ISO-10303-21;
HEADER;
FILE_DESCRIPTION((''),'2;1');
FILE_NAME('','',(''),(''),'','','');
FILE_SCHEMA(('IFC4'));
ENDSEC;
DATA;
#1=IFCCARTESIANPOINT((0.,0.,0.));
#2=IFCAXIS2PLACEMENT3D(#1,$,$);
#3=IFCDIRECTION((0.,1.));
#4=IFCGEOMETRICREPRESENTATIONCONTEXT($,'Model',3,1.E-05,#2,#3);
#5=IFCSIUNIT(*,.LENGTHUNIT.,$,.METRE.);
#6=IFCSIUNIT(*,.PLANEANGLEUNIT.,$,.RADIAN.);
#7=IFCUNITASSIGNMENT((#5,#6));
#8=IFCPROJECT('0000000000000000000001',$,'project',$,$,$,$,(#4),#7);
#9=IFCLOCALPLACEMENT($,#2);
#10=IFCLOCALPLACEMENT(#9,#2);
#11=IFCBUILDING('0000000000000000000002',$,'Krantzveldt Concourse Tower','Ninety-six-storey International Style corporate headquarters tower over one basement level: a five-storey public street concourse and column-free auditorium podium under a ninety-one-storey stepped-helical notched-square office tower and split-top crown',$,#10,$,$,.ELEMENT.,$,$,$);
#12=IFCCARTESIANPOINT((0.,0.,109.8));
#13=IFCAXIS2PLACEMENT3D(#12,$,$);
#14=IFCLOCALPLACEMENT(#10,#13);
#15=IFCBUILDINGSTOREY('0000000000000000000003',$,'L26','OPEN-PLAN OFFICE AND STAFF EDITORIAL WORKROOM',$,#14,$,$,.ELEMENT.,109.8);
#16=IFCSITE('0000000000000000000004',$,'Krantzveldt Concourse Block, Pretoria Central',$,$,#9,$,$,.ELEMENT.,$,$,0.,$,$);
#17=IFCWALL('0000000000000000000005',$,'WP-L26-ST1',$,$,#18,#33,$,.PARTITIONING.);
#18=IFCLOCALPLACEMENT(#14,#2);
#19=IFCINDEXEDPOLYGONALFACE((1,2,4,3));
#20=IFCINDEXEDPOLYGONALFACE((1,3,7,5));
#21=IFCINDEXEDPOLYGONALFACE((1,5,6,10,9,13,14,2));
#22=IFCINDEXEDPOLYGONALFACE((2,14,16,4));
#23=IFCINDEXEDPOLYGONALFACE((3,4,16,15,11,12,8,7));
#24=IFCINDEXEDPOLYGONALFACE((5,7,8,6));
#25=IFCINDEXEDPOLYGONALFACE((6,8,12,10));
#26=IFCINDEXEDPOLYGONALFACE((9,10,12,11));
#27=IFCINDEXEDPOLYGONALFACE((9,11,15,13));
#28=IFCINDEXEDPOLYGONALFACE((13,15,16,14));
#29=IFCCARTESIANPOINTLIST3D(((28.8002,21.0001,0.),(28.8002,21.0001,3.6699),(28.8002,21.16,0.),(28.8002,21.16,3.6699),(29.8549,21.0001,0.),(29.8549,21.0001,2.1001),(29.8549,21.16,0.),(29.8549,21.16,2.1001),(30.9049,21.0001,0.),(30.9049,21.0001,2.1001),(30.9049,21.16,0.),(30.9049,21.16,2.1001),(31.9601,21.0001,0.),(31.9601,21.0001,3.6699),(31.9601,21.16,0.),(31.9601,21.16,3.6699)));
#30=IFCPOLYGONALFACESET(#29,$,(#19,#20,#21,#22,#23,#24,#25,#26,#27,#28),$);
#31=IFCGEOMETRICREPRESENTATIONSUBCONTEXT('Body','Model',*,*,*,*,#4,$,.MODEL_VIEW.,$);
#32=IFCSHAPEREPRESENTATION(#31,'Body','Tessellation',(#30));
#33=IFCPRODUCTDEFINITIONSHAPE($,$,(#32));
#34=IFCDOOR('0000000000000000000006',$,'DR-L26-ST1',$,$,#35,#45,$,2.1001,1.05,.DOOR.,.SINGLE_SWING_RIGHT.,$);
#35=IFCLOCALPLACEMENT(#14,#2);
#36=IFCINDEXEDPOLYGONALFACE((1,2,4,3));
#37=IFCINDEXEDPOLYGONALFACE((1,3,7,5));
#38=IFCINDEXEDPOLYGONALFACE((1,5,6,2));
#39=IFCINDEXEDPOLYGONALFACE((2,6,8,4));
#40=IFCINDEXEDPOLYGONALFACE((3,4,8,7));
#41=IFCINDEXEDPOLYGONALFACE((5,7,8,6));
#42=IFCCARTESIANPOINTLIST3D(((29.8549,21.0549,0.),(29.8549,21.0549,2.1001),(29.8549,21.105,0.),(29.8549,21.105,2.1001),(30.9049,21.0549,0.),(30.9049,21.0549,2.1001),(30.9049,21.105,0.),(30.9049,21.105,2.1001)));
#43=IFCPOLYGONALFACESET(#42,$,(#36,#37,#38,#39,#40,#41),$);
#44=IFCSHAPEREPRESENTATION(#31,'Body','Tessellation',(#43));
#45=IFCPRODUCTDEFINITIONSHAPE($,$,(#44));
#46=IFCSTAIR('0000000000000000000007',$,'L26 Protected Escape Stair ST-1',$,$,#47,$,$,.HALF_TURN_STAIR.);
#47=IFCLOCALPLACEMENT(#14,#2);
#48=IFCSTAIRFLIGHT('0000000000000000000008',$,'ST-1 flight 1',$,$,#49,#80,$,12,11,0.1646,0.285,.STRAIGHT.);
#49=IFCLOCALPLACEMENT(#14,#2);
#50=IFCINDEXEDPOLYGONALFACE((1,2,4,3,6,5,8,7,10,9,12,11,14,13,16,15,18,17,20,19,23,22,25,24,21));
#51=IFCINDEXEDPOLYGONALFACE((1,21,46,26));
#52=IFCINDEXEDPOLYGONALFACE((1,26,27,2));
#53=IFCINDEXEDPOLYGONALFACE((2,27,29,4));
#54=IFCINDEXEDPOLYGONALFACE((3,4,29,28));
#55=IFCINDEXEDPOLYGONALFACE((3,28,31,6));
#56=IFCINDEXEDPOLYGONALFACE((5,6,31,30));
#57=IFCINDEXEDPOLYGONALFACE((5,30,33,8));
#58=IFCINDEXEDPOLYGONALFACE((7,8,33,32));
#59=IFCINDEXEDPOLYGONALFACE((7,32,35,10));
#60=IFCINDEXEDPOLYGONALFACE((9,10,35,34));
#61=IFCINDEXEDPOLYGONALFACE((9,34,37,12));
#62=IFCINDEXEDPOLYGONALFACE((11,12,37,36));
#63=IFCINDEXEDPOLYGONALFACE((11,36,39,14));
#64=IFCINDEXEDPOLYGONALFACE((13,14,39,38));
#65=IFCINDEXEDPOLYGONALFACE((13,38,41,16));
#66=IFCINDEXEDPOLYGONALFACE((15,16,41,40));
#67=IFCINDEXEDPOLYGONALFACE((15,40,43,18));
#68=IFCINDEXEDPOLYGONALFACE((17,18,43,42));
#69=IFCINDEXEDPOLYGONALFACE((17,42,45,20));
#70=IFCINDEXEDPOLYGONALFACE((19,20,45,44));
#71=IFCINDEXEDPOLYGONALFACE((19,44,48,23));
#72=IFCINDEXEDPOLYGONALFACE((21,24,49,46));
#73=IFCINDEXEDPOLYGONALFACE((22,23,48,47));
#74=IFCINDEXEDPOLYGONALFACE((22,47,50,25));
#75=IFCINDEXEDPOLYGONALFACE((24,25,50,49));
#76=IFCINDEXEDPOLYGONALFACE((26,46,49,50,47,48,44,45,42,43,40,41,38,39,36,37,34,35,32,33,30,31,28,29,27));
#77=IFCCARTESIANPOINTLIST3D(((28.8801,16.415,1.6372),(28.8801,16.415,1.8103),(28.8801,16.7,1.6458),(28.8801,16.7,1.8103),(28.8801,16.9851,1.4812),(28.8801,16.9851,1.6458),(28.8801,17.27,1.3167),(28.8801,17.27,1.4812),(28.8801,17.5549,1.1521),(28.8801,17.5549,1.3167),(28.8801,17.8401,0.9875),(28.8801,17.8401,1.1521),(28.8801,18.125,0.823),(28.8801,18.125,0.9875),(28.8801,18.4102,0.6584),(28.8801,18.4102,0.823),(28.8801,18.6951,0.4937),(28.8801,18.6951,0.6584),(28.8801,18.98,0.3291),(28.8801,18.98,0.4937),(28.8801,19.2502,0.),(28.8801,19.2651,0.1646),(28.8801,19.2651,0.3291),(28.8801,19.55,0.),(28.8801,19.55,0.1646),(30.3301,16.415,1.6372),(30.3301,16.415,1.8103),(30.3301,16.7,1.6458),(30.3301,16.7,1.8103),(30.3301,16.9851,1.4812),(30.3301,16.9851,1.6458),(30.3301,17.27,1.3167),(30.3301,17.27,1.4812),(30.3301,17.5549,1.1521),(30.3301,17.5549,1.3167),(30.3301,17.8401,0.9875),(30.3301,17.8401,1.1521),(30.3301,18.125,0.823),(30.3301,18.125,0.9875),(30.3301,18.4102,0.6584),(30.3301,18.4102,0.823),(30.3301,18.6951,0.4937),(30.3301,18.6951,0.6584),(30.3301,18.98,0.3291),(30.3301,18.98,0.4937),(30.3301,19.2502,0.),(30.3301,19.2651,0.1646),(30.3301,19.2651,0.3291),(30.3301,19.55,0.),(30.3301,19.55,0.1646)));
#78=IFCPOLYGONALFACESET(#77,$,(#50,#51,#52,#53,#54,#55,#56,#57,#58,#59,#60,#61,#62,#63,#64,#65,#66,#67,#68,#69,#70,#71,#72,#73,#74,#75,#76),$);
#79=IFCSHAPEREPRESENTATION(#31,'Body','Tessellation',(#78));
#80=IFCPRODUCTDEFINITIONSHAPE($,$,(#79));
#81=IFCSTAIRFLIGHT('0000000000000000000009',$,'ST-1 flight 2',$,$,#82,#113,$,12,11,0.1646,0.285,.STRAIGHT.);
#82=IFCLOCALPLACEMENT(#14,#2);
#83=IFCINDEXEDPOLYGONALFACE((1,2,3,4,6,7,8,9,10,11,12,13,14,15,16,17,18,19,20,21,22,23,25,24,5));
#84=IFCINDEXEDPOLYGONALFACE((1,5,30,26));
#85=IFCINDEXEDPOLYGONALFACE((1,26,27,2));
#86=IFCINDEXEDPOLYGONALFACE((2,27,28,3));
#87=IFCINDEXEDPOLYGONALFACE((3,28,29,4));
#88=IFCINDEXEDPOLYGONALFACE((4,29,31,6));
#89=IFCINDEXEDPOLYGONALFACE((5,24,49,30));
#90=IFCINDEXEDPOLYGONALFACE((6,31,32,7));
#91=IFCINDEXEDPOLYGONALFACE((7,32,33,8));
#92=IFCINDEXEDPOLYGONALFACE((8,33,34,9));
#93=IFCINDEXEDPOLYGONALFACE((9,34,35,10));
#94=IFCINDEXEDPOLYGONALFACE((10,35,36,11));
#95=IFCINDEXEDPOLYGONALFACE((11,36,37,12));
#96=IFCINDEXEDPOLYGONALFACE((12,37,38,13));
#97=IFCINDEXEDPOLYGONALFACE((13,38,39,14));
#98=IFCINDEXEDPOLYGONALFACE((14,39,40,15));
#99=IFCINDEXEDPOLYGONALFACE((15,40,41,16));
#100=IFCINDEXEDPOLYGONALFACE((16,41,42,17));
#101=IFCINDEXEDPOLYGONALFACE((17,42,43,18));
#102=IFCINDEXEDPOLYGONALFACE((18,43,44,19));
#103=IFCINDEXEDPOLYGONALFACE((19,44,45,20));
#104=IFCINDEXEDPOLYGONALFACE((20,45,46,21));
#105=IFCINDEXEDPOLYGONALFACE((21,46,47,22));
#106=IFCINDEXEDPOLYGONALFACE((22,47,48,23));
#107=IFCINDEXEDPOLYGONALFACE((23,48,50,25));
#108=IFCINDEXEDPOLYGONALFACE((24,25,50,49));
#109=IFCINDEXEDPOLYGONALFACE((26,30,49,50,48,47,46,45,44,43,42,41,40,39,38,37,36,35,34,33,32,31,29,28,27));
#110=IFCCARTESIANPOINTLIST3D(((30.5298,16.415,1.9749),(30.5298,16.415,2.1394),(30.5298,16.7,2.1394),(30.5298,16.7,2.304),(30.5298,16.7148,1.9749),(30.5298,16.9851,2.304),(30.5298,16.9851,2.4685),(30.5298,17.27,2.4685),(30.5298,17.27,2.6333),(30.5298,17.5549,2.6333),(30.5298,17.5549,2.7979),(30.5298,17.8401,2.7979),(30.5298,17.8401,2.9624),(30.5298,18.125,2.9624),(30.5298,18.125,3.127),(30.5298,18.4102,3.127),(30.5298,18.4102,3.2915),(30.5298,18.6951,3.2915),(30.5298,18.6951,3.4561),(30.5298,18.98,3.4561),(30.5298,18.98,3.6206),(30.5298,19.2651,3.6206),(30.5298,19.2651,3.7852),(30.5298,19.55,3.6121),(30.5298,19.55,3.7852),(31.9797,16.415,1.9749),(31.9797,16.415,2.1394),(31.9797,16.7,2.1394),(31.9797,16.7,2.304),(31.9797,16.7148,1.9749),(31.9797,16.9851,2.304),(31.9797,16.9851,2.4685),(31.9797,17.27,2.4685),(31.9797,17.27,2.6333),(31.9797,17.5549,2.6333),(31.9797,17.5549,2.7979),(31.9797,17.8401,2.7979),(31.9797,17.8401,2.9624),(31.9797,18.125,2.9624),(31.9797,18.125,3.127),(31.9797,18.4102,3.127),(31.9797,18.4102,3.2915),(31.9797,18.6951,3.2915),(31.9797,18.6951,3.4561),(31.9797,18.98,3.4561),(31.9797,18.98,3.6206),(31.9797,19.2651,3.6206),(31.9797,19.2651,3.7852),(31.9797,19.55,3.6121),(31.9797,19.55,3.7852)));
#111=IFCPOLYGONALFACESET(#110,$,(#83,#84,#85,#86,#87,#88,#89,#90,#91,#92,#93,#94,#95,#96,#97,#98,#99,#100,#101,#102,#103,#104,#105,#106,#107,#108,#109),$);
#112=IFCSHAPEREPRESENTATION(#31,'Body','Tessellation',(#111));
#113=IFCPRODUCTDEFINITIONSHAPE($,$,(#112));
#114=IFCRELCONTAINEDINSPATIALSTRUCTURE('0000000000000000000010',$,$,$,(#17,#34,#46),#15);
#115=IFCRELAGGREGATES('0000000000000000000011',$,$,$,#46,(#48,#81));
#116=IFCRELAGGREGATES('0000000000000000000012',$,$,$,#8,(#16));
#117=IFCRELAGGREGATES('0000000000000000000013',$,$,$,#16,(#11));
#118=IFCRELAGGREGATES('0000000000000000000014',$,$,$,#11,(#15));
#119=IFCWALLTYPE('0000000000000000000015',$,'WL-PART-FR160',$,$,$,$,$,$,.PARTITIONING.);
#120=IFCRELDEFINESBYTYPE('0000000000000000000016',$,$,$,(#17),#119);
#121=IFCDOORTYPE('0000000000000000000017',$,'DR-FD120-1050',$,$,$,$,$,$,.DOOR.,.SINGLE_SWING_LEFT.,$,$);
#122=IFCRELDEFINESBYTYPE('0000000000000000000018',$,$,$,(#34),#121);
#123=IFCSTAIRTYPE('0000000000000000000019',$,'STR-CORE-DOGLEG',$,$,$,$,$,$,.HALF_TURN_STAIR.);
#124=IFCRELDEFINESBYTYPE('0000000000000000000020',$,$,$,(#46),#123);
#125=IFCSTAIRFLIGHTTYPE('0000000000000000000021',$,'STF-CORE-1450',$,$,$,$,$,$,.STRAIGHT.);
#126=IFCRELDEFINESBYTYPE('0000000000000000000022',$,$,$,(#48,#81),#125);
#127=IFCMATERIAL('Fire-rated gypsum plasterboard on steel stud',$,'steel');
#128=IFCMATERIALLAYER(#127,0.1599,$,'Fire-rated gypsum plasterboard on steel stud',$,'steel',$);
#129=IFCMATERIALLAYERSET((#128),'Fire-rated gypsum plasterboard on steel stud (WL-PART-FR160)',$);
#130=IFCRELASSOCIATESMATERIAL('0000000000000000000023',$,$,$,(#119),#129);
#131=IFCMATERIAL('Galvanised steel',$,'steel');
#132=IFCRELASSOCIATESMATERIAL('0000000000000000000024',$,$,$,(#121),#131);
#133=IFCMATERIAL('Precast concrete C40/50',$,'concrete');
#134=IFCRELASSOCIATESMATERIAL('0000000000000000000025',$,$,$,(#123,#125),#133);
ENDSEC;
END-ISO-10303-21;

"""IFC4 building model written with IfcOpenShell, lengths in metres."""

from ifc_helpers import new_model, si_unit, direction, frame, frame_2d, origin, place, context, subcontext, project, spatial, polyline, rectangle, outline, extrude, material, layer, layer_set, type_object, element, fill, aggregate, save


model = new_model("IFC4")

# Units and contexts
model_context = context("Model", 3, precision=1e-05, world=origin(), true_north=direction((0.0, 1.0)))
body_context = subcontext(model_context, "Body", "Model", "MODEL_VIEW")
ifc_project = project(units=[si_unit("LENGTHUNIT", "METRE"), si_unit("PLANEANGLEUNIT", "RADIAN")], contexts=[model_context])

# Site, building, storey
site_placement = place(None, origin())
site = spatial("IfcSite", under=ifc_project, at=site_placement, Name="Krantzveldt Concourse Block, Pretoria Central", CompositionType="ELEMENT", RefElevation=0.0)
building_placement = place(site_placement, origin())
building = spatial("IfcBuilding", under=site, at=building_placement, Name="Krantzveldt Concourse Tower", Description="Ninety-six-storey International Style corporate headquarters tower over one basement level: a five-storey public street concourse and column-free auditorium podium under a ninety-one-storey stepped-helical notched-square office tower and split-top crown", CompositionType="ELEMENT")
storey_placement = place(building_placement, frame((0.0, 0.0, 109.8)))
storey = spatial("IfcBuildingStorey", under=building, at=storey_placement, Name="L26", Description="OPEN-PLAN OFFICE AND STAFF EDITORIAL WORKROOM", CompositionType="ELEMENT", Elevation=109.8)

# Shared definitions
ifc_material_1 = material(Name="Fire-rated gypsum plasterboard on steel stud", Category="steel")

# Wall, opening, door
ifc_layer_1 = layer(ifc_material_1, 0.1599, Name="Fire-rated gypsum plasterboard on steel stud", Category="steel")
ifc_layer_set_1 = layer_set([ifc_layer_1], Name="Fire-rated gypsum plasterboard on steel stud (WL-PART-FR160)")
wall_type_1 = type_object("IfcWallType", Name="WL-PART-FR160", PredefinedType="PARTITIONING", material=ifc_layer_set_1)
wall_1_placement = place(storey_placement, frame((28.8, 21.0801, 0.0), z_axis=(0.0, 0.0, 1.0), x_axis=(1.0, 0.0, 0.0)))
wall_1 = element("IfcWall", 1, at=wall_1_placement, inside=storey, type_object=wall_type_1, Name="WP-L26-ST1", PredefinedType="PARTITIONING", context=body_context, shape_type="SweptSolid", body=[
    extrude(rectangle(XDim=3.1599, YDim=0.1599, at=frame_2d((1.5801, 0.0))), origin(), (0.0, 0.0, 1.0), 3.6699),
])
opening_1_placement = place(wall_1_placement, frame((1.0549, 0.0, 0.0)))
opening_1 = element("IfcOpeningElement", 2, at=opening_1_placement, cuts=wall_1, PredefinedType="OPENING", context=body_context, shape_type="SweptSolid", body=[
    extrude(rectangle(XDim=1.05, YDim=2.1001, at=frame_2d((0.5249, 1.05))), frame((0.0, 0.0898, 0.0), z_axis=(0.0, -1.0, 0.0), x_axis=(1.0, 0.0, 0.0)), (0.0, 0.0, 1.0), 0.1799),
])
ifc_material_2 = material(Name="Galvanised steel", Category="steel")
door_type_1 = type_object("IfcDoorType", Name="DR-FD120-1050", OperationType="SINGLE_SWING_LEFT", PredefinedType="DOOR", material=ifc_material_2)
door_1_placement = place(opening_1_placement, origin())
door_1 = element("IfcDoor", 3, at=door_1_placement, inside=storey, type_object=door_type_1, Name="DR-L26-ST1", OperationType="SINGLE_SWING_RIGHT", OverallHeight=2.1001, OverallWidth=1.05, PredefinedType="DOOR", context=body_context, shape_type="SweptSolid", body=[
    extrude(rectangle(XDim=1.05, YDim=2.1001, at=frame_2d((0.5249, 1.05))), frame((0.0, 0.0249, 0.0), z_axis=(0.0, -1.0, 0.0), x_axis=(1.0, 0.0, 0.0)), (0.0, 0.0, 1.0), 0.05),
])
fill(opening_1, door_1)

# Stair, stair flights
ifc_material_3 = material(Name="Precast concrete C40/50", Category="concrete")
stair_type = type_object("IfcStairType", Name="STR-CORE-DOGLEG", PredefinedType="HALF_TURN_STAIR", material=ifc_material_3)
stair_placement = place(storey_placement, origin())
stair = element("IfcStair", 4, at=stair_placement, inside=storey, type_object=stair_type, Name="L26 Protected Escape Stair ST-1", PredefinedType="HALF_TURN_STAIR")
stair_flight_type = type_object("IfcStairFlightType", Name="STF-CORE-1450", PredefinedType="STRAIGHT", material=ifc_material_3)
stair_flight_1_placement = place(storey_placement, frame((29.605, 19.55, 0.0), z_axis=(0.0, 0.0, 1.0), x_axis=(0.0, -1.0, 0.0)))
stair_flight_1 = element("IfcStairFlight", 5, at=stair_flight_1_placement, type_object=stair_flight_type, Name="ST-1 flight 1", NumberOfRisers=12, NumberOfTreads=11, PredefinedType="STRAIGHT", RiserHeight=0.1646, TreadLength=0.285, context=body_context, shape_type="SweptSolid", body=[
    extrude(outline(polyline([(0.0, 0.0), (0.0, 0.1646), (0.2849, 0.1646), (0.2849, 0.3291), (0.5701, 0.3291), (0.5701, 0.4937), (0.855, 0.4937), (0.855, 0.6584), (1.1399, 0.6584), (1.1399, 0.823), (1.425, 0.823), (1.425, 0.9875), (1.71, 0.9875), (1.71, 1.1521), (1.9951, 1.1521), (1.9951, 1.3167), (2.28, 1.3167), (2.28, 1.4812), (2.5649, 1.4812), (2.5649, 1.6458), (2.8501, 1.6458), (2.8501, 1.8103), (3.135, 1.8103), (3.135, 1.9751), (3.135, 1.6372), (0.2998, 0.0), (0.0, 0.0)])), frame((0.0, 0.7251, 0.0), z_axis=(0.0, -1.0, 0.0), x_axis=(1.0, 0.0, 0.0)), (0.0, 0.0, 1.0), 1.45),
])
stair_flight_2_placement = place(storey_placement, frame((31.2549, 16.415, 1.9749), z_axis=(0.0, 0.0, 1.0), x_axis=(0.0, 1.0, 0.0)))
stair_flight_2 = element("IfcStairFlight", 6, at=stair_flight_2_placement, type_object=stair_flight_type, Name="ST-1 flight 2", NumberOfRisers=12, NumberOfTreads=11, PredefinedType="STRAIGHT", RiserHeight=0.1646, TreadLength=0.285, context=body_context, shape_type="SweptSolid", body=[
    extrude(outline(polyline([(0.0, 0.0), (0.0, 0.1646), (0.2849, 0.1646), (0.2849, 0.3291), (0.5701, 0.3291), (0.5701, 0.4937), (0.855, 0.4937), (0.855, 0.6584), (1.1399, 0.6584), (1.1399, 0.823), (1.425, 0.823), (1.425, 0.9875), (1.71, 0.9875), (1.71, 1.1521), (1.9951, 1.1521), (1.9951, 1.3167), (2.28, 1.3167), (2.28, 1.4812), (2.5649, 1.4812), (2.5649, 1.6458), (2.8501, 1.6458), (2.8501, 1.8103), (3.135, 1.8103), (3.135, 1.9751), (3.135, 1.6372), (0.2998, 0.0), (0.0, 0.0)])), frame((0.0, 0.7251, 0.0), z_axis=(0.0, -1.0, 0.0), x_axis=(1.0, 0.0, 0.0)), (0.0, 0.0, 1.0), 1.45),
])
aggregate(stair, [stair_flight_1, stair_flight_2])

save(model, "model.ifc")
